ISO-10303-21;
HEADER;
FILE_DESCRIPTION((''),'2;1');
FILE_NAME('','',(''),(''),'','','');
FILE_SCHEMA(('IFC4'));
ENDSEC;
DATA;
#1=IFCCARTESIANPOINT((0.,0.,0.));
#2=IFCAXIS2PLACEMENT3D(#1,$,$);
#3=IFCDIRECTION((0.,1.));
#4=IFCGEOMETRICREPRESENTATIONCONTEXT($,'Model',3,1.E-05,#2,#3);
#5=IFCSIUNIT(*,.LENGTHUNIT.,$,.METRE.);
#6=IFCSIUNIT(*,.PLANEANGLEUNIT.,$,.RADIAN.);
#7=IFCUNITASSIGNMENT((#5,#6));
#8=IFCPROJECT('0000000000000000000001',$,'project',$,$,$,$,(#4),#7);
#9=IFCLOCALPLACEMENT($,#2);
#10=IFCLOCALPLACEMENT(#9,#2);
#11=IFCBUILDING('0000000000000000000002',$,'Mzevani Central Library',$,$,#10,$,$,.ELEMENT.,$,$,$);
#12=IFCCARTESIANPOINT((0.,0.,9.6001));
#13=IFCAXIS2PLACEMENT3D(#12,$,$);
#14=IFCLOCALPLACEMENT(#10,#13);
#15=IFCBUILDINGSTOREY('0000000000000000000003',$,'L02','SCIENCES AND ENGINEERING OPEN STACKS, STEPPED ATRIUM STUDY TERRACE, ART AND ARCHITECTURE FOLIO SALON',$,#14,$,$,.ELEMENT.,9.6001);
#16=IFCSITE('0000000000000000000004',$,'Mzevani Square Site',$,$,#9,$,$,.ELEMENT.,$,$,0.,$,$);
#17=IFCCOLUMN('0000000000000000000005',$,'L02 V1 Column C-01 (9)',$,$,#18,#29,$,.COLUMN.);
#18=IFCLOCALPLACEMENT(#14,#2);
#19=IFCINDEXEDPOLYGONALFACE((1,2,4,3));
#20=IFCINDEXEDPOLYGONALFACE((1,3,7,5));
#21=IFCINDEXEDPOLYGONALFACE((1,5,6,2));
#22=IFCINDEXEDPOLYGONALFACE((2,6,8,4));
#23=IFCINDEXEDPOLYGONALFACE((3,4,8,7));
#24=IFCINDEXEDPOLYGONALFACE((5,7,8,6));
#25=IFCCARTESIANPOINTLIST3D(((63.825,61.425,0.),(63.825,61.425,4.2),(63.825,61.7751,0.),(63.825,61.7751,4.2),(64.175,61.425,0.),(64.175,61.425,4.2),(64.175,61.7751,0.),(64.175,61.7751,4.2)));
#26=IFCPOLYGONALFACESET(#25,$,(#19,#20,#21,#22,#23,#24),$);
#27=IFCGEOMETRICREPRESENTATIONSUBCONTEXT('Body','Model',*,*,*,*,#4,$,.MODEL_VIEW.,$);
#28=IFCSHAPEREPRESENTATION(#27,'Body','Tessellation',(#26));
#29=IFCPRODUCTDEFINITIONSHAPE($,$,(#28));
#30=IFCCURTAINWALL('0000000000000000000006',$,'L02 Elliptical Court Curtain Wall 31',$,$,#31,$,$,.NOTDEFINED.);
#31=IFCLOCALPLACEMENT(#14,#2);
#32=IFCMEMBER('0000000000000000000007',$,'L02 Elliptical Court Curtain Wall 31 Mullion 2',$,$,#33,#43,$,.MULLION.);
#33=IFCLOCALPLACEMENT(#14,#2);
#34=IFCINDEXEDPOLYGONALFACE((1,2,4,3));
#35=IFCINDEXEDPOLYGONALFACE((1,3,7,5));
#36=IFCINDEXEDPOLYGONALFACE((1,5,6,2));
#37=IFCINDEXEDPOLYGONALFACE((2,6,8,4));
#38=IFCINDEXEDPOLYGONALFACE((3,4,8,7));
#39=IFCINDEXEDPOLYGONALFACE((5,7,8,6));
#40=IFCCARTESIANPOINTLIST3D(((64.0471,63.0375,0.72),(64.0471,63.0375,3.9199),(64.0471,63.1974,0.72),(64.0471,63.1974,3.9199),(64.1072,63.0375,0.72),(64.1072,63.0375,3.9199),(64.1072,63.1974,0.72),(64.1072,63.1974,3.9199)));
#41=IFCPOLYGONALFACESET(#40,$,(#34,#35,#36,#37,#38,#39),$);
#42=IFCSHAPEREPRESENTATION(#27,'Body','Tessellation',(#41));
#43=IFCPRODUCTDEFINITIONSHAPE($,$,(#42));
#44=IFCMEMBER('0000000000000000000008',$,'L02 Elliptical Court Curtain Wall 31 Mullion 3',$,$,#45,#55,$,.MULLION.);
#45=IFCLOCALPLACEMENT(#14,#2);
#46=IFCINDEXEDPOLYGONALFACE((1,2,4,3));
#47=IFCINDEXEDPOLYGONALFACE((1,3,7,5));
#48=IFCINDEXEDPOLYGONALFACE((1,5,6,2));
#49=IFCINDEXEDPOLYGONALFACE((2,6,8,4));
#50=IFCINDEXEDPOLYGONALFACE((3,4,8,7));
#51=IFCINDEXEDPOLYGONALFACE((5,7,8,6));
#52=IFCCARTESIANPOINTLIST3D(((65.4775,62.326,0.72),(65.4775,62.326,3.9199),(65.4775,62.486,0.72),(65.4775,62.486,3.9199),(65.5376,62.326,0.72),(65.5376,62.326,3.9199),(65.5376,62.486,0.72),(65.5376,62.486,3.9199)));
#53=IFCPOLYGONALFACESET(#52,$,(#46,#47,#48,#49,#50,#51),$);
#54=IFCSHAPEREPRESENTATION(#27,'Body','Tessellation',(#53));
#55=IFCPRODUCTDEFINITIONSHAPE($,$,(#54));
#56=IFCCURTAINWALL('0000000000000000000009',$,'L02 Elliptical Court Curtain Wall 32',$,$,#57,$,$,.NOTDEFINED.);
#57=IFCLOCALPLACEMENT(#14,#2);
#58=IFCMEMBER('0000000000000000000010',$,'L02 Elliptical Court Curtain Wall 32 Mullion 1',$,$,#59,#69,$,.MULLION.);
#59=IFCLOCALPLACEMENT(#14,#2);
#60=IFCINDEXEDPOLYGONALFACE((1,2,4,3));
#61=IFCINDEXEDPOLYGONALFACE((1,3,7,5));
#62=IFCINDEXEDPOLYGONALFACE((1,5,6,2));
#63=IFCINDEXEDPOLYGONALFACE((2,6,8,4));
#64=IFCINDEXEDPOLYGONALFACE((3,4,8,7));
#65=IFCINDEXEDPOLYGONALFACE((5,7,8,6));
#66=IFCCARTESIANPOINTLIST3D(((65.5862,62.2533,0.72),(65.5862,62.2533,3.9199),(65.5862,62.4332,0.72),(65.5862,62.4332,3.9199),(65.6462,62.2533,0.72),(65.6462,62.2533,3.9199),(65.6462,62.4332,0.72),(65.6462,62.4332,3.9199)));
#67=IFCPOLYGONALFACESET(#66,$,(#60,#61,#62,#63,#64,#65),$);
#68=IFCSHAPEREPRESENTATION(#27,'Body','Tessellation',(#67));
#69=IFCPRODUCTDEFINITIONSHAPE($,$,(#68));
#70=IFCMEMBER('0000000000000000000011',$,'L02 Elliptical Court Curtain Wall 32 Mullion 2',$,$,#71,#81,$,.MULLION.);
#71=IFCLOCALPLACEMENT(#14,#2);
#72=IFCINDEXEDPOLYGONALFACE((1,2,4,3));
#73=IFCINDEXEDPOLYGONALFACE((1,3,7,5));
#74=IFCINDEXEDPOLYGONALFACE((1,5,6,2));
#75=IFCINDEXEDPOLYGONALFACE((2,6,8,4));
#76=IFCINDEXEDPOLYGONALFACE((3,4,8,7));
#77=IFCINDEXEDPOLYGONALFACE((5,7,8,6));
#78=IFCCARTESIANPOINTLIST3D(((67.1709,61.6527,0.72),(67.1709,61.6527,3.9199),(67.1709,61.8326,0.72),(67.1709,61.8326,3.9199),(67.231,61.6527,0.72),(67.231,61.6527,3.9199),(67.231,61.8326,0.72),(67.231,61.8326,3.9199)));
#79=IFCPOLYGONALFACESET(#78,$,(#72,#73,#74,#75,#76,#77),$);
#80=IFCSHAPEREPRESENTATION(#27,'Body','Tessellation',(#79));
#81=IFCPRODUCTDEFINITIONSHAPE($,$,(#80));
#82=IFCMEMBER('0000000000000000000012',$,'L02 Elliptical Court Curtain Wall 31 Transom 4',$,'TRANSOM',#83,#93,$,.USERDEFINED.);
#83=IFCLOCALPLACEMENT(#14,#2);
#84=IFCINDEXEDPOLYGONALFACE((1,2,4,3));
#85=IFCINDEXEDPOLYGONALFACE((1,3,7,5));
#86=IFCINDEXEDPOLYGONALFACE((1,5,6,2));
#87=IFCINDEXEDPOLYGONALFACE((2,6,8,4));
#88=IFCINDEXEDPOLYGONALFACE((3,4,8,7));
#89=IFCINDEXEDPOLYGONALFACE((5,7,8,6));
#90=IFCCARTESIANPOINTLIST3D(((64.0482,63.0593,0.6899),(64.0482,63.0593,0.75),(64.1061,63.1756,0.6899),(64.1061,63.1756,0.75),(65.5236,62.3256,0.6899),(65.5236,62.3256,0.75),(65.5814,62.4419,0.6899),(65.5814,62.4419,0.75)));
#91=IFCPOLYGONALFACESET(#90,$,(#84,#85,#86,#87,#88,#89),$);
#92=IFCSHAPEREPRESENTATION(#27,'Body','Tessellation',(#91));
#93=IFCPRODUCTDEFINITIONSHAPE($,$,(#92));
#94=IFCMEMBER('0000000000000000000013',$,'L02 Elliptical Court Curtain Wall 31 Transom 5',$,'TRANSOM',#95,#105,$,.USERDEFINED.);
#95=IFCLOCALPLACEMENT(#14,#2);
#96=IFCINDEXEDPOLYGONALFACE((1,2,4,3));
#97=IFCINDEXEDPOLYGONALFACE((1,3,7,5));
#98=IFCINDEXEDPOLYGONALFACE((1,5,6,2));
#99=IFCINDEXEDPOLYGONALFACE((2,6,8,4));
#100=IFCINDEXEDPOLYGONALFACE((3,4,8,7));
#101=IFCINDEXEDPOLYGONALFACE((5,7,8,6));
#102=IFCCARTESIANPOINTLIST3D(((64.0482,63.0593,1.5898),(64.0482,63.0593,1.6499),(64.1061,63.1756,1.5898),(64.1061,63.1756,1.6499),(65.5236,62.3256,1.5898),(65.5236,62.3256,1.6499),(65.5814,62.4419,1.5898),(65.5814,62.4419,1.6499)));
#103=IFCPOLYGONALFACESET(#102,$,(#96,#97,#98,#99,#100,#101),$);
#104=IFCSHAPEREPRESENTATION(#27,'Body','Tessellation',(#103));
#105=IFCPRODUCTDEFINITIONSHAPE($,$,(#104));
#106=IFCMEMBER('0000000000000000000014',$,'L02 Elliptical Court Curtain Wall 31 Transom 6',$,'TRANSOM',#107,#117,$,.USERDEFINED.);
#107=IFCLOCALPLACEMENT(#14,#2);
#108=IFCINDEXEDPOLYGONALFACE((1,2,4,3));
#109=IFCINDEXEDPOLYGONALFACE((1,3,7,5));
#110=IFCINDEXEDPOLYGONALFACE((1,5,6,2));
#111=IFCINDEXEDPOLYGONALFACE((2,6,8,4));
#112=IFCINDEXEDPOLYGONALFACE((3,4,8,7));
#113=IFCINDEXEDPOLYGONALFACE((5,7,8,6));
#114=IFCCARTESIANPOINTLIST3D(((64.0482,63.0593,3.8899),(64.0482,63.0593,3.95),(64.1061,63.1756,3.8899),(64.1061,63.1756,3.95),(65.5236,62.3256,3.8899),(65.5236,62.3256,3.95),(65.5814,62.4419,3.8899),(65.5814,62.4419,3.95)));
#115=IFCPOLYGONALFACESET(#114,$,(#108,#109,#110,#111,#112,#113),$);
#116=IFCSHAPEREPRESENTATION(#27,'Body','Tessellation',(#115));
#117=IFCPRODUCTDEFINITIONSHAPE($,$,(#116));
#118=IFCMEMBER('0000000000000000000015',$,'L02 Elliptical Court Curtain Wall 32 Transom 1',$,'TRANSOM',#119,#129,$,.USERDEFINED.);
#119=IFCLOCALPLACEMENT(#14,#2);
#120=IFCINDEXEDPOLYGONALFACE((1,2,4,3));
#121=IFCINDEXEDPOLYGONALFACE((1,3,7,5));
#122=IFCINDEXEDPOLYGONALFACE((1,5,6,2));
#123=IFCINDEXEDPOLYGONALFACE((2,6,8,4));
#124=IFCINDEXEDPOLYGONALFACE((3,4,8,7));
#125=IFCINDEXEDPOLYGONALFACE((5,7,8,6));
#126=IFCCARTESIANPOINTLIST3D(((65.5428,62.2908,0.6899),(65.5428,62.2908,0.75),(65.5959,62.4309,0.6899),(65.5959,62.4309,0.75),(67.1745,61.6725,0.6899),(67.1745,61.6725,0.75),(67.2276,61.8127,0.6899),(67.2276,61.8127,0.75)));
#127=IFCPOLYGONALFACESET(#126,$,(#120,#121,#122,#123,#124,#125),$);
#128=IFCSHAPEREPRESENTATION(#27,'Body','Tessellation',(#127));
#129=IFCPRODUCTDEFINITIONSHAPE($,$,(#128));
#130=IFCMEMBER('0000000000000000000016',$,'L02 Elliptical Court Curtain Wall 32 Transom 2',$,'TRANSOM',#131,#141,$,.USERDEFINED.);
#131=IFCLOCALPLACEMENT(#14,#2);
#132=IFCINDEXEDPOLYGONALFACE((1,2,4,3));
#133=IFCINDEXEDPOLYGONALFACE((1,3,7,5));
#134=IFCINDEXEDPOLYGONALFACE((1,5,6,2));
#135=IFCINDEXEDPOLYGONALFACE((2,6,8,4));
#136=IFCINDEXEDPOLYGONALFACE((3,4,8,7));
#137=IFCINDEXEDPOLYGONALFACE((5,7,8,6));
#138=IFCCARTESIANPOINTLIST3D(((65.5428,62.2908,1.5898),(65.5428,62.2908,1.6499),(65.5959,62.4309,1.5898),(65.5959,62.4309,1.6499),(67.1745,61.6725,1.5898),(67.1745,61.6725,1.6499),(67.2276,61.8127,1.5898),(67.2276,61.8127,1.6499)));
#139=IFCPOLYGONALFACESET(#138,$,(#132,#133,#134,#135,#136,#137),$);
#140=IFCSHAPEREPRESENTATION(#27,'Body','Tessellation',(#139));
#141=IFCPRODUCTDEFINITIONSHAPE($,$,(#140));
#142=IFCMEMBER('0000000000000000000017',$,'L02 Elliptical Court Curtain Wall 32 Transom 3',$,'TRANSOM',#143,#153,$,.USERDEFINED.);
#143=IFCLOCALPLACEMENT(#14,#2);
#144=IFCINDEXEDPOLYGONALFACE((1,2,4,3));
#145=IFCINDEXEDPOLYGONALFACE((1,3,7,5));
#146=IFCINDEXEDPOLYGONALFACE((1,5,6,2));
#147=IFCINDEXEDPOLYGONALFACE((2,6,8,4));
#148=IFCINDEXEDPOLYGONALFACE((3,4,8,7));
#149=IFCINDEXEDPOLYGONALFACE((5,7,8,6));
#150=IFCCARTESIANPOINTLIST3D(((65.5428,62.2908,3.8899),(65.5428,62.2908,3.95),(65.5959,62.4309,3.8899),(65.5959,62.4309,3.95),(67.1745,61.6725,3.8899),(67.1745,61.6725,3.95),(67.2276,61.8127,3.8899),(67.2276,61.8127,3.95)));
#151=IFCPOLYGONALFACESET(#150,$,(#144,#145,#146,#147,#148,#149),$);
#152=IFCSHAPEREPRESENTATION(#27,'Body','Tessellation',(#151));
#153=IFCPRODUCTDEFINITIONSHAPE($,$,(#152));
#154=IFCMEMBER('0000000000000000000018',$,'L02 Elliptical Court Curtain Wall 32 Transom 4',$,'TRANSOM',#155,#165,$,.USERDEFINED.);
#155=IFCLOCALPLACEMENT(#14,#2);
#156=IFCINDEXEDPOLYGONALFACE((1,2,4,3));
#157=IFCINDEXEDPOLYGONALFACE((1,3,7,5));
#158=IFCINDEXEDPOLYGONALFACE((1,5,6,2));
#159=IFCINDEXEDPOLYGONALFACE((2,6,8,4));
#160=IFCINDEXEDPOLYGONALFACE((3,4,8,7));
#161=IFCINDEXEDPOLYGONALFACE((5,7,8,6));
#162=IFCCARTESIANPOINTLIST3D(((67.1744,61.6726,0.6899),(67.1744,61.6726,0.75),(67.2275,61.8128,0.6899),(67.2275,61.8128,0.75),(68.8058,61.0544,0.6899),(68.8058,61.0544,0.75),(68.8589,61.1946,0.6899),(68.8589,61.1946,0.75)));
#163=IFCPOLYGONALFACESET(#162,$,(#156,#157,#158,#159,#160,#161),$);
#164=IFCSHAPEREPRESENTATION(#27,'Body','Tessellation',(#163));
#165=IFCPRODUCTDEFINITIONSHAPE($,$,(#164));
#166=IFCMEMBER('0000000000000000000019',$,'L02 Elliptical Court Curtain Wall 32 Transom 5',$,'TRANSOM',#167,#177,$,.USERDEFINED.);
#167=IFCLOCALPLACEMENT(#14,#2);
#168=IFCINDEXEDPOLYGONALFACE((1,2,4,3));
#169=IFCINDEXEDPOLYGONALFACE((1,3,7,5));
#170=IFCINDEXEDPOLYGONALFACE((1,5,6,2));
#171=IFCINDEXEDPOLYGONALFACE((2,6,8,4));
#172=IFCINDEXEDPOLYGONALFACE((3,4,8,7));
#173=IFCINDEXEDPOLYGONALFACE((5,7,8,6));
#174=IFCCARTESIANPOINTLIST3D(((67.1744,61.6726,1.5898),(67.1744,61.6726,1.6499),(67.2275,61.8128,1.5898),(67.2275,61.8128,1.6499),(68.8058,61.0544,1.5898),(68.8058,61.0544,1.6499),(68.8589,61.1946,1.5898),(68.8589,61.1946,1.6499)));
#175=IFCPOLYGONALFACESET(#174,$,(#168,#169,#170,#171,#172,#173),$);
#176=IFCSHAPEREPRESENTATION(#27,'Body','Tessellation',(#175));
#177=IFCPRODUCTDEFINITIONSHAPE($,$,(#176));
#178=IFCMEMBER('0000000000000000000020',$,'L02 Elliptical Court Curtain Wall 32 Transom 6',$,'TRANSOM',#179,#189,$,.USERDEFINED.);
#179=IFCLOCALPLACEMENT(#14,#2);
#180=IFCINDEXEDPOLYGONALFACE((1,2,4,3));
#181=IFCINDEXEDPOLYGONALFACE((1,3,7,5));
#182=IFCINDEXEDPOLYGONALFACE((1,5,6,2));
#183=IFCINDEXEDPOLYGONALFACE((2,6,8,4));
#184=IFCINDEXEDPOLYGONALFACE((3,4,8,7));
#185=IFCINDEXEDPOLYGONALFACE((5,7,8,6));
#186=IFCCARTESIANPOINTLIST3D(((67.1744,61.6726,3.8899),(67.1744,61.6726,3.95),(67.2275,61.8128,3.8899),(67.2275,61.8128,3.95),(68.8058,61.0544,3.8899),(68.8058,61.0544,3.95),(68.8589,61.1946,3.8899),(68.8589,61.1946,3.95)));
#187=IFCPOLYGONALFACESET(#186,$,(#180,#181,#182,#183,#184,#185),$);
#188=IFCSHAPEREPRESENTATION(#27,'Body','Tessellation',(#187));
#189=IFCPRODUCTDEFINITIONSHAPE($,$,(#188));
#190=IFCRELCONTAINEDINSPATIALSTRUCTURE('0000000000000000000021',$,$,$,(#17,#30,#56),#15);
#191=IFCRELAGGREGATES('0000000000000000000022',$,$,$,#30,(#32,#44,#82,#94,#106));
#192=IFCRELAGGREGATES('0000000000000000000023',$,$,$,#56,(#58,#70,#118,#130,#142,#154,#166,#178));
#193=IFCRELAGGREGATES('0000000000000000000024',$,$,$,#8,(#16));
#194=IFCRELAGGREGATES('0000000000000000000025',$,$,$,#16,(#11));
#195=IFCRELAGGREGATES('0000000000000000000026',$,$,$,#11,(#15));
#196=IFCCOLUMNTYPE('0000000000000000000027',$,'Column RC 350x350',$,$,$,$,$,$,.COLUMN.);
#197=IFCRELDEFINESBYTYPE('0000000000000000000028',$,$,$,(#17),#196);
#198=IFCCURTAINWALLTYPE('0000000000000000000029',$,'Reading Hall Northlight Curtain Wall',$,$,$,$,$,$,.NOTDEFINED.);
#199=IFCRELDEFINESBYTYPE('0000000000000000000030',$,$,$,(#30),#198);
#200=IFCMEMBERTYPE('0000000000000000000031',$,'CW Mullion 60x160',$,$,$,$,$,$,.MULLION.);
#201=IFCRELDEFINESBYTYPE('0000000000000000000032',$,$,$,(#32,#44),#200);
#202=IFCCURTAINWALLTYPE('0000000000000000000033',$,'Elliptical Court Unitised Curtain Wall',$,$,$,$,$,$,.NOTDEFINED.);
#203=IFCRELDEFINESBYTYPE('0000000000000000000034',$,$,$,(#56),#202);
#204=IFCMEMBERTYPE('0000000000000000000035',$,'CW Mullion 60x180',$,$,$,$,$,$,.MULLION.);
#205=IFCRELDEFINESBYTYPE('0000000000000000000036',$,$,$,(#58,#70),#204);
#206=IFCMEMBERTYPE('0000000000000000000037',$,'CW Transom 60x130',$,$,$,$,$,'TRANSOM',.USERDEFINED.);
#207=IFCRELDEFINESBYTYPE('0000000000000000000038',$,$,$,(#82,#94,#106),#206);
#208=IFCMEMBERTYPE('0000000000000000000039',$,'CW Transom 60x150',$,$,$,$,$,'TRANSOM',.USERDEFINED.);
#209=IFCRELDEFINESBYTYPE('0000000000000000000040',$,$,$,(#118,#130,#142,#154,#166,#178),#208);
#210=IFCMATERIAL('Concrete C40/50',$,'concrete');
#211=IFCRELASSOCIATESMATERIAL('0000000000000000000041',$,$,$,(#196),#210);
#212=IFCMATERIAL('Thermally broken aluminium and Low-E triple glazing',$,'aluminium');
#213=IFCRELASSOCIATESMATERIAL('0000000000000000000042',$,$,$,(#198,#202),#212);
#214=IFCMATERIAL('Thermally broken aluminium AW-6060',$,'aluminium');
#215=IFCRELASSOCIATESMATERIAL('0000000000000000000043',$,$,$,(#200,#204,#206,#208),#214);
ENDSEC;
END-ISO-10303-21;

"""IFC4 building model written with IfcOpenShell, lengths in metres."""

from ifc_helpers import new_model, si_unit, direction, frame, origin, origin_2d, place, context, subcontext, project, spatial, rectangle, extrude, material, material_profile, profile_set, type_object, element, aggregate, save


model = new_model("IFC4")

# Units and contexts
model_context = context("Model", 3, precision=1e-05, world=origin(), true_north=direction((0.0, 1.0)))
body_context = subcontext(model_context, "Body", "Model", "MODEL_VIEW")
ifc_project = project(units=[si_unit("LENGTHUNIT", "METRE"), si_unit("PLANEANGLEUNIT", "RADIAN")], contexts=[model_context])

# Site, building, storey
site_placement = place(None, origin())
site = spatial("IfcSite", under=ifc_project, at=site_placement, Name="Mzevani Square Site", CompositionType="ELEMENT", RefElevation=0.0)
building_placement = place(site_placement, origin())
building = spatial("IfcBuilding", under=site, at=building_placement, Name="Mzevani Central Library", CompositionType="ELEMENT")
storey_placement = place(building_placement, frame((0.0, 0.0, 9.6001)))
storey = spatial("IfcBuildingStorey", under=building, at=storey_placement, Name="L02", Description="SCIENCES AND ENGINEERING OPEN STACKS, STEPPED ATRIUM STUDY TERRACE, ART AND ARCHITECTURE FOLIO SALON", CompositionType="ELEMENT", Elevation=9.6001)

# Column
ifc_material_1 = material(Name="Concrete C40/50", Category="concrete")
ifc_material_profile_1 = material_profile(ifc_material_1, rectangle(XDim=0.3501, YDim=0.3501, at=origin_2d()), Name="RC 350x350")
ifc_profile_set_1 = profile_set([ifc_material_profile_1], Name="Concrete C40/50")
column_type = type_object("IfcColumnType", Name="Column RC 350x350", PredefinedType="COLUMN", material=ifc_profile_set_1)
column_placement = place(storey_placement, frame((64.0, 61.6001, 0.0), z_axis=(0.0, 0.0, 1.0), x_axis=(1.0, 0.0, 0.0)))
element("IfcColumn", 1, at=column_placement, inside=storey, type_object=column_type, Name="L02 V1 Column C-01 (9)", PredefinedType="COLUMN", context=body_context, shape_type="SweptSolid", body=[
    extrude(rectangle(XDim=0.3501, YDim=0.3501, at=origin_2d()), origin(), (0.0, 0.0, 1.0), 4.2),
])

# Curtain walls, members
ifc_material_2 = material(Name="Thermally broken aluminium and Low-E triple glazing", Category="aluminium")
curtain_wall_type_1 = type_object("IfcCurtainWallType", Name="Reading Hall Northlight Curtain Wall", PredefinedType="NOTDEFINED", material=ifc_material_2)
curtain_wall_1_placement = place(storey_placement, origin())
curtain_wall_1 = element("IfcCurtainWall", 2, at=curtain_wall_1_placement, inside=storey, type_object=curtain_wall_type_1, Name="L02 Elliptical Court Curtain Wall 31", PredefinedType="NOTDEFINED")
ifc_material_3 = material(Name="Thermally broken aluminium AW-6060", Category="aluminium")
ifc_material_profile_2 = material_profile(ifc_material_3, rectangle(XDim=0.0601, YDim=0.1599, at=origin_2d()), Name="ALU M60x160")
ifc_profile_set_2 = profile_set([ifc_material_profile_2], Name="Thermally broken aluminium AW-6060")
member_type_1 = type_object("IfcMemberType", Name="CW Mullion 60x160", PredefinedType="MULLION", material=ifc_profile_set_2)
member_1_placement = place(storey_placement, frame((64.0771, 63.1174, 0.72), z_axis=(0.0, 0.0, 1.0), x_axis=(1.0, 0.0, 0.0)))
member_1 = element("IfcMember", 3, at=member_1_placement, type_object=member_type_1, Name="L02 Elliptical Court Curtain Wall 31 Mullion 2", PredefinedType="MULLION", context=body_context, shape_type="SweptSolid", body=[
    extrude(rectangle(XDim=0.0601, YDim=0.1599, at=origin_2d()), origin(), (0.0, 0.0, 1.0), 3.2),
])
member_2_placement = place(storey_placement, frame((65.5076, 62.406, 0.72), z_axis=(0.0, 0.0, 1.0), x_axis=(1.0, 0.0, 0.0)))
member_2 = element("IfcMember", 4, at=member_2_placement, type_object=member_type_1, Name="L02 Elliptical Court Curtain Wall 31 Mullion 3", PredefinedType="MULLION", context=body_context, shape_type="SweptSolid", body=[
    extrude(rectangle(XDim=0.0601, YDim=0.1599, at=origin_2d()), origin(), (0.0, 0.0, 1.0), 3.2),
])
curtain_wall_type_2 = type_object("IfcCurtainWallType", Name="Elliptical Court Unitised Curtain Wall", PredefinedType="NOTDEFINED", material=ifc_material_2)
curtain_wall_2_placement = place(storey_placement, origin())
curtain_wall_2 = element("IfcCurtainWall", 5, at=curtain_wall_2_placement, inside=storey, type_object=curtain_wall_type_2, Name="L02 Elliptical Court Curtain Wall 32", PredefinedType="NOTDEFINED")
ifc_material_profile_3 = material_profile(ifc_material_3, rectangle(XDim=0.0601, YDim=0.1799, at=origin_2d()), Name="ALU M60x180")
ifc_profile_set_3 = profile_set([ifc_material_profile_3], Name="Thermally broken aluminium AW-6060")
member_type_2 = type_object("IfcMemberType", Name="CW Mullion 60x180", PredefinedType="MULLION", material=ifc_profile_set_3)
member_3_placement = place(storey_placement, frame((65.6162, 62.3433, 0.72), z_axis=(0.0, 0.0, 1.0), x_axis=(1.0, 0.0, 0.0)))
member_3 = element("IfcMember", 6, at=member_3_placement, type_object=member_type_2, Name="L02 Elliptical Court Curtain Wall 32 Mullion 1", PredefinedType="MULLION", context=body_context, shape_type="SweptSolid", body=[
    extrude(rectangle(XDim=0.0601, YDim=0.1799, at=origin_2d()), origin(), (0.0, 0.0, 1.0), 3.2),
])
member_4_placement = place(storey_placement, frame((67.2009, 61.7427, 0.72), z_axis=(0.0, 0.0, 1.0), x_axis=(1.0, 0.0, 0.0)))
member_4 = element("IfcMember", 7, at=member_4_placement, type_object=member_type_2, Name="L02 Elliptical Court Curtain Wall 32 Mullion 2", PredefinedType="MULLION", context=body_context, shape_type="SweptSolid", body=[
    extrude(rectangle(XDim=0.0601, YDim=0.1799, at=origin_2d()), origin(), (0.0, 0.0, 1.0), 3.2),
])

# Members
ifc_material_profile_4 = material_profile(ifc_material_3, rectangle(XDim=0.1299, YDim=0.0601, at=origin_2d()), Name="ALU T60x130")
ifc_profile_set_4 = profile_set([ifc_material_profile_4], Name="Thermally broken aluminium AW-6060")
member_type_3 = type_object("IfcMemberType", Name="CW Transom 60x130", ElementType="TRANSOM", PredefinedType="USERDEFINED", material=ifc_profile_set_4)
member_5_placement = place(storey_placement, frame((64.0771, 63.1174, 0.72), z_axis=(0.895403, -0.445257, 0.0), x_axis=(0.445257, 0.895403, 0.0)))
member_5 = element("IfcMember", 8, at=member_5_placement, type_object=member_type_3, Name="L02 Elliptical Court Curtain Wall 31 Transom 4", ObjectType="TRANSOM", PredefinedType="USERDEFINED", context=body_context, shape_type="SweptSolid", body=[
    extrude(rectangle(XDim=0.1299, YDim=0.0601, at=origin_2d()), origin(), (0.0, 0.0, 1.0), 1.6477),
])
member_6_placement = place(storey_placement, frame((64.0771, 63.1174, 1.6199), z_axis=(0.895403, -0.445257, 0.0), x_axis=(0.445257, 0.895403, 0.0)))
member_6 = element("IfcMember", 9, at=member_6_placement, type_object=member_type_3, Name="L02 Elliptical Court Curtain Wall 31 Transom 5", ObjectType="TRANSOM", PredefinedType="USERDEFINED", context=body_context, shape_type="SweptSolid", body=[
    extrude(rectangle(XDim=0.1299, YDim=0.0601, at=origin_2d()), origin(), (0.0, 0.0, 1.0), 1.6477),
])
member_7_placement = place(storey_placement, frame((64.0771, 63.1174, 3.9199), z_axis=(0.895403, -0.445257, 0.0), x_axis=(0.445257, 0.895403, 0.0)))
member_7 = element("IfcMember", 10, at=member_7_placement, type_object=member_type_3, Name="L02 Elliptical Court Curtain Wall 31 Transom 6", ObjectType="TRANSOM", PredefinedType="USERDEFINED", context=body_context, shape_type="SweptSolid", body=[
    extrude(rectangle(XDim=0.1299, YDim=0.0601, at=origin_2d()), origin(), (0.0, 0.0, 1.0), 1.6477),
])
ifc_material_profile_5 = material_profile(ifc_material_3, rectangle(XDim=0.1499, YDim=0.0601, at=origin_2d()), Name="ALU T60x150")
ifc_profile_set_5 = profile_set([ifc_material_profile_5], Name="Thermally broken aluminium AW-6060")
member_type_4 = type_object("IfcMemberType", Name="CW Transom 60x150", ElementType="TRANSOM", PredefinedType="USERDEFINED", material=ifc_profile_set_5)
member_8_placement = place(storey_placement, frame((65.5693, 62.3608, 0.72), z_axis=(0.935133, -0.354296, 0.0), x_axis=(0.354296, 0.935133, 0.0)))
member_8 = element("IfcMember", 11, at=member_8_placement, type_object=member_type_4, Name="L02 Elliptical Court Curtain Wall 32 Transom 1", ObjectType="TRANSOM", PredefinedType="USERDEFINED", context=body_context, shape_type="SweptSolid", body=[
    extrude(rectangle(XDim=0.1499, YDim=0.0601, at=origin_2d()), origin(), (0.0, 0.0, 1.0), 1.7449),
])
member_9_placement = place(storey_placement, frame((65.5693, 62.3608, 1.6199), z_axis=(0.935133, -0.354296, 0.0), x_axis=(0.354296, 0.935133, 0.0)))
member_9 = element("IfcMember", 12, at=member_9_placement, type_object=member_type_4, Name="L02 Elliptical Court Curtain Wall 32 Transom 2", ObjectType="TRANSOM", PredefinedType="USERDEFINED", context=body_context, shape_type="SweptSolid", body=[
    extrude(rectangle(XDim=0.1499, YDim=0.0601, at=origin_2d()), origin(), (0.0, 0.0, 1.0), 1.7449),
])
member_10_placement = place(storey_placement, frame((65.5693, 62.3608, 3.9199), z_axis=(0.935133, -0.354296, 0.0), x_axis=(0.354296, 0.935133, 0.0)))
member_10 = element("IfcMember", 13, at=member_10_placement, type_object=member_type_4, Name="L02 Elliptical Court Curtain Wall 32 Transom 3", ObjectType="TRANSOM", PredefinedType="USERDEFINED", context=body_context, shape_type="SweptSolid", body=[
    extrude(rectangle(XDim=0.1499, YDim=0.0601, at=origin_2d()), origin(), (0.0, 0.0, 1.0), 1.7449),
])
member_11_placement = place(storey_placement, frame((67.2009, 61.7427, 0.72), z_axis=(0.935116, -0.354342, 0.0), x_axis=(0.354342, 0.935116, 0.0)))
member_11 = element("IfcMember", 14, at=member_11_placement, type_object=member_type_4, Name="L02 Elliptical Court Curtain Wall 32 Transom 4", ObjectType="TRANSOM", PredefinedType="USERDEFINED", context=body_context, shape_type="SweptSolid", body=[
    extrude(rectangle(XDim=0.1499, YDim=0.0601, at=origin_2d()), origin(), (0.0, 0.0, 1.0), 1.7446),
])
member_12_placement = place(storey_placement, frame((67.2009, 61.7427, 1.6199), z_axis=(0.935116, -0.354342, 0.0), x_axis=(0.354342, 0.935116, 0.0)))
member_12 = element("IfcMember", 15, at=member_12_placement, type_object=member_type_4, Name="L02 Elliptical Court Curtain Wall 32 Transom 5", ObjectType="TRANSOM", PredefinedType="USERDEFINED", context=body_context, shape_type="SweptSolid", body=[
    extrude(rectangle(XDim=0.1499, YDim=0.0601, at=origin_2d()), origin(), (0.0, 0.0, 1.0), 1.7446),
])
member_13_placement = place(storey_placement, frame((67.2009, 61.7427, 3.9199), z_axis=(0.935116, -0.354342, 0.0), x_axis=(0.354342, 0.935116, 0.0)))
member_13 = element("IfcMember", 16, at=member_13_placement, type_object=member_type_4, Name="L02 Elliptical Court Curtain Wall 32 Transom 6", ObjectType="TRANSOM", PredefinedType="USERDEFINED", context=body_context, shape_type="SweptSolid", body=[
    extrude(rectangle(XDim=0.1499, YDim=0.0601, at=origin_2d()), origin(), (0.0, 0.0, 1.0), 1.7446),
])

aggregate(curtain_wall_1, [member_1, member_2, member_5, member_6, member_7])
aggregate(curtain_wall_2, [member_3, member_4, member_8, member_9, member_10, member_11, member_12, member_13])

save(model, "model.ifc")
